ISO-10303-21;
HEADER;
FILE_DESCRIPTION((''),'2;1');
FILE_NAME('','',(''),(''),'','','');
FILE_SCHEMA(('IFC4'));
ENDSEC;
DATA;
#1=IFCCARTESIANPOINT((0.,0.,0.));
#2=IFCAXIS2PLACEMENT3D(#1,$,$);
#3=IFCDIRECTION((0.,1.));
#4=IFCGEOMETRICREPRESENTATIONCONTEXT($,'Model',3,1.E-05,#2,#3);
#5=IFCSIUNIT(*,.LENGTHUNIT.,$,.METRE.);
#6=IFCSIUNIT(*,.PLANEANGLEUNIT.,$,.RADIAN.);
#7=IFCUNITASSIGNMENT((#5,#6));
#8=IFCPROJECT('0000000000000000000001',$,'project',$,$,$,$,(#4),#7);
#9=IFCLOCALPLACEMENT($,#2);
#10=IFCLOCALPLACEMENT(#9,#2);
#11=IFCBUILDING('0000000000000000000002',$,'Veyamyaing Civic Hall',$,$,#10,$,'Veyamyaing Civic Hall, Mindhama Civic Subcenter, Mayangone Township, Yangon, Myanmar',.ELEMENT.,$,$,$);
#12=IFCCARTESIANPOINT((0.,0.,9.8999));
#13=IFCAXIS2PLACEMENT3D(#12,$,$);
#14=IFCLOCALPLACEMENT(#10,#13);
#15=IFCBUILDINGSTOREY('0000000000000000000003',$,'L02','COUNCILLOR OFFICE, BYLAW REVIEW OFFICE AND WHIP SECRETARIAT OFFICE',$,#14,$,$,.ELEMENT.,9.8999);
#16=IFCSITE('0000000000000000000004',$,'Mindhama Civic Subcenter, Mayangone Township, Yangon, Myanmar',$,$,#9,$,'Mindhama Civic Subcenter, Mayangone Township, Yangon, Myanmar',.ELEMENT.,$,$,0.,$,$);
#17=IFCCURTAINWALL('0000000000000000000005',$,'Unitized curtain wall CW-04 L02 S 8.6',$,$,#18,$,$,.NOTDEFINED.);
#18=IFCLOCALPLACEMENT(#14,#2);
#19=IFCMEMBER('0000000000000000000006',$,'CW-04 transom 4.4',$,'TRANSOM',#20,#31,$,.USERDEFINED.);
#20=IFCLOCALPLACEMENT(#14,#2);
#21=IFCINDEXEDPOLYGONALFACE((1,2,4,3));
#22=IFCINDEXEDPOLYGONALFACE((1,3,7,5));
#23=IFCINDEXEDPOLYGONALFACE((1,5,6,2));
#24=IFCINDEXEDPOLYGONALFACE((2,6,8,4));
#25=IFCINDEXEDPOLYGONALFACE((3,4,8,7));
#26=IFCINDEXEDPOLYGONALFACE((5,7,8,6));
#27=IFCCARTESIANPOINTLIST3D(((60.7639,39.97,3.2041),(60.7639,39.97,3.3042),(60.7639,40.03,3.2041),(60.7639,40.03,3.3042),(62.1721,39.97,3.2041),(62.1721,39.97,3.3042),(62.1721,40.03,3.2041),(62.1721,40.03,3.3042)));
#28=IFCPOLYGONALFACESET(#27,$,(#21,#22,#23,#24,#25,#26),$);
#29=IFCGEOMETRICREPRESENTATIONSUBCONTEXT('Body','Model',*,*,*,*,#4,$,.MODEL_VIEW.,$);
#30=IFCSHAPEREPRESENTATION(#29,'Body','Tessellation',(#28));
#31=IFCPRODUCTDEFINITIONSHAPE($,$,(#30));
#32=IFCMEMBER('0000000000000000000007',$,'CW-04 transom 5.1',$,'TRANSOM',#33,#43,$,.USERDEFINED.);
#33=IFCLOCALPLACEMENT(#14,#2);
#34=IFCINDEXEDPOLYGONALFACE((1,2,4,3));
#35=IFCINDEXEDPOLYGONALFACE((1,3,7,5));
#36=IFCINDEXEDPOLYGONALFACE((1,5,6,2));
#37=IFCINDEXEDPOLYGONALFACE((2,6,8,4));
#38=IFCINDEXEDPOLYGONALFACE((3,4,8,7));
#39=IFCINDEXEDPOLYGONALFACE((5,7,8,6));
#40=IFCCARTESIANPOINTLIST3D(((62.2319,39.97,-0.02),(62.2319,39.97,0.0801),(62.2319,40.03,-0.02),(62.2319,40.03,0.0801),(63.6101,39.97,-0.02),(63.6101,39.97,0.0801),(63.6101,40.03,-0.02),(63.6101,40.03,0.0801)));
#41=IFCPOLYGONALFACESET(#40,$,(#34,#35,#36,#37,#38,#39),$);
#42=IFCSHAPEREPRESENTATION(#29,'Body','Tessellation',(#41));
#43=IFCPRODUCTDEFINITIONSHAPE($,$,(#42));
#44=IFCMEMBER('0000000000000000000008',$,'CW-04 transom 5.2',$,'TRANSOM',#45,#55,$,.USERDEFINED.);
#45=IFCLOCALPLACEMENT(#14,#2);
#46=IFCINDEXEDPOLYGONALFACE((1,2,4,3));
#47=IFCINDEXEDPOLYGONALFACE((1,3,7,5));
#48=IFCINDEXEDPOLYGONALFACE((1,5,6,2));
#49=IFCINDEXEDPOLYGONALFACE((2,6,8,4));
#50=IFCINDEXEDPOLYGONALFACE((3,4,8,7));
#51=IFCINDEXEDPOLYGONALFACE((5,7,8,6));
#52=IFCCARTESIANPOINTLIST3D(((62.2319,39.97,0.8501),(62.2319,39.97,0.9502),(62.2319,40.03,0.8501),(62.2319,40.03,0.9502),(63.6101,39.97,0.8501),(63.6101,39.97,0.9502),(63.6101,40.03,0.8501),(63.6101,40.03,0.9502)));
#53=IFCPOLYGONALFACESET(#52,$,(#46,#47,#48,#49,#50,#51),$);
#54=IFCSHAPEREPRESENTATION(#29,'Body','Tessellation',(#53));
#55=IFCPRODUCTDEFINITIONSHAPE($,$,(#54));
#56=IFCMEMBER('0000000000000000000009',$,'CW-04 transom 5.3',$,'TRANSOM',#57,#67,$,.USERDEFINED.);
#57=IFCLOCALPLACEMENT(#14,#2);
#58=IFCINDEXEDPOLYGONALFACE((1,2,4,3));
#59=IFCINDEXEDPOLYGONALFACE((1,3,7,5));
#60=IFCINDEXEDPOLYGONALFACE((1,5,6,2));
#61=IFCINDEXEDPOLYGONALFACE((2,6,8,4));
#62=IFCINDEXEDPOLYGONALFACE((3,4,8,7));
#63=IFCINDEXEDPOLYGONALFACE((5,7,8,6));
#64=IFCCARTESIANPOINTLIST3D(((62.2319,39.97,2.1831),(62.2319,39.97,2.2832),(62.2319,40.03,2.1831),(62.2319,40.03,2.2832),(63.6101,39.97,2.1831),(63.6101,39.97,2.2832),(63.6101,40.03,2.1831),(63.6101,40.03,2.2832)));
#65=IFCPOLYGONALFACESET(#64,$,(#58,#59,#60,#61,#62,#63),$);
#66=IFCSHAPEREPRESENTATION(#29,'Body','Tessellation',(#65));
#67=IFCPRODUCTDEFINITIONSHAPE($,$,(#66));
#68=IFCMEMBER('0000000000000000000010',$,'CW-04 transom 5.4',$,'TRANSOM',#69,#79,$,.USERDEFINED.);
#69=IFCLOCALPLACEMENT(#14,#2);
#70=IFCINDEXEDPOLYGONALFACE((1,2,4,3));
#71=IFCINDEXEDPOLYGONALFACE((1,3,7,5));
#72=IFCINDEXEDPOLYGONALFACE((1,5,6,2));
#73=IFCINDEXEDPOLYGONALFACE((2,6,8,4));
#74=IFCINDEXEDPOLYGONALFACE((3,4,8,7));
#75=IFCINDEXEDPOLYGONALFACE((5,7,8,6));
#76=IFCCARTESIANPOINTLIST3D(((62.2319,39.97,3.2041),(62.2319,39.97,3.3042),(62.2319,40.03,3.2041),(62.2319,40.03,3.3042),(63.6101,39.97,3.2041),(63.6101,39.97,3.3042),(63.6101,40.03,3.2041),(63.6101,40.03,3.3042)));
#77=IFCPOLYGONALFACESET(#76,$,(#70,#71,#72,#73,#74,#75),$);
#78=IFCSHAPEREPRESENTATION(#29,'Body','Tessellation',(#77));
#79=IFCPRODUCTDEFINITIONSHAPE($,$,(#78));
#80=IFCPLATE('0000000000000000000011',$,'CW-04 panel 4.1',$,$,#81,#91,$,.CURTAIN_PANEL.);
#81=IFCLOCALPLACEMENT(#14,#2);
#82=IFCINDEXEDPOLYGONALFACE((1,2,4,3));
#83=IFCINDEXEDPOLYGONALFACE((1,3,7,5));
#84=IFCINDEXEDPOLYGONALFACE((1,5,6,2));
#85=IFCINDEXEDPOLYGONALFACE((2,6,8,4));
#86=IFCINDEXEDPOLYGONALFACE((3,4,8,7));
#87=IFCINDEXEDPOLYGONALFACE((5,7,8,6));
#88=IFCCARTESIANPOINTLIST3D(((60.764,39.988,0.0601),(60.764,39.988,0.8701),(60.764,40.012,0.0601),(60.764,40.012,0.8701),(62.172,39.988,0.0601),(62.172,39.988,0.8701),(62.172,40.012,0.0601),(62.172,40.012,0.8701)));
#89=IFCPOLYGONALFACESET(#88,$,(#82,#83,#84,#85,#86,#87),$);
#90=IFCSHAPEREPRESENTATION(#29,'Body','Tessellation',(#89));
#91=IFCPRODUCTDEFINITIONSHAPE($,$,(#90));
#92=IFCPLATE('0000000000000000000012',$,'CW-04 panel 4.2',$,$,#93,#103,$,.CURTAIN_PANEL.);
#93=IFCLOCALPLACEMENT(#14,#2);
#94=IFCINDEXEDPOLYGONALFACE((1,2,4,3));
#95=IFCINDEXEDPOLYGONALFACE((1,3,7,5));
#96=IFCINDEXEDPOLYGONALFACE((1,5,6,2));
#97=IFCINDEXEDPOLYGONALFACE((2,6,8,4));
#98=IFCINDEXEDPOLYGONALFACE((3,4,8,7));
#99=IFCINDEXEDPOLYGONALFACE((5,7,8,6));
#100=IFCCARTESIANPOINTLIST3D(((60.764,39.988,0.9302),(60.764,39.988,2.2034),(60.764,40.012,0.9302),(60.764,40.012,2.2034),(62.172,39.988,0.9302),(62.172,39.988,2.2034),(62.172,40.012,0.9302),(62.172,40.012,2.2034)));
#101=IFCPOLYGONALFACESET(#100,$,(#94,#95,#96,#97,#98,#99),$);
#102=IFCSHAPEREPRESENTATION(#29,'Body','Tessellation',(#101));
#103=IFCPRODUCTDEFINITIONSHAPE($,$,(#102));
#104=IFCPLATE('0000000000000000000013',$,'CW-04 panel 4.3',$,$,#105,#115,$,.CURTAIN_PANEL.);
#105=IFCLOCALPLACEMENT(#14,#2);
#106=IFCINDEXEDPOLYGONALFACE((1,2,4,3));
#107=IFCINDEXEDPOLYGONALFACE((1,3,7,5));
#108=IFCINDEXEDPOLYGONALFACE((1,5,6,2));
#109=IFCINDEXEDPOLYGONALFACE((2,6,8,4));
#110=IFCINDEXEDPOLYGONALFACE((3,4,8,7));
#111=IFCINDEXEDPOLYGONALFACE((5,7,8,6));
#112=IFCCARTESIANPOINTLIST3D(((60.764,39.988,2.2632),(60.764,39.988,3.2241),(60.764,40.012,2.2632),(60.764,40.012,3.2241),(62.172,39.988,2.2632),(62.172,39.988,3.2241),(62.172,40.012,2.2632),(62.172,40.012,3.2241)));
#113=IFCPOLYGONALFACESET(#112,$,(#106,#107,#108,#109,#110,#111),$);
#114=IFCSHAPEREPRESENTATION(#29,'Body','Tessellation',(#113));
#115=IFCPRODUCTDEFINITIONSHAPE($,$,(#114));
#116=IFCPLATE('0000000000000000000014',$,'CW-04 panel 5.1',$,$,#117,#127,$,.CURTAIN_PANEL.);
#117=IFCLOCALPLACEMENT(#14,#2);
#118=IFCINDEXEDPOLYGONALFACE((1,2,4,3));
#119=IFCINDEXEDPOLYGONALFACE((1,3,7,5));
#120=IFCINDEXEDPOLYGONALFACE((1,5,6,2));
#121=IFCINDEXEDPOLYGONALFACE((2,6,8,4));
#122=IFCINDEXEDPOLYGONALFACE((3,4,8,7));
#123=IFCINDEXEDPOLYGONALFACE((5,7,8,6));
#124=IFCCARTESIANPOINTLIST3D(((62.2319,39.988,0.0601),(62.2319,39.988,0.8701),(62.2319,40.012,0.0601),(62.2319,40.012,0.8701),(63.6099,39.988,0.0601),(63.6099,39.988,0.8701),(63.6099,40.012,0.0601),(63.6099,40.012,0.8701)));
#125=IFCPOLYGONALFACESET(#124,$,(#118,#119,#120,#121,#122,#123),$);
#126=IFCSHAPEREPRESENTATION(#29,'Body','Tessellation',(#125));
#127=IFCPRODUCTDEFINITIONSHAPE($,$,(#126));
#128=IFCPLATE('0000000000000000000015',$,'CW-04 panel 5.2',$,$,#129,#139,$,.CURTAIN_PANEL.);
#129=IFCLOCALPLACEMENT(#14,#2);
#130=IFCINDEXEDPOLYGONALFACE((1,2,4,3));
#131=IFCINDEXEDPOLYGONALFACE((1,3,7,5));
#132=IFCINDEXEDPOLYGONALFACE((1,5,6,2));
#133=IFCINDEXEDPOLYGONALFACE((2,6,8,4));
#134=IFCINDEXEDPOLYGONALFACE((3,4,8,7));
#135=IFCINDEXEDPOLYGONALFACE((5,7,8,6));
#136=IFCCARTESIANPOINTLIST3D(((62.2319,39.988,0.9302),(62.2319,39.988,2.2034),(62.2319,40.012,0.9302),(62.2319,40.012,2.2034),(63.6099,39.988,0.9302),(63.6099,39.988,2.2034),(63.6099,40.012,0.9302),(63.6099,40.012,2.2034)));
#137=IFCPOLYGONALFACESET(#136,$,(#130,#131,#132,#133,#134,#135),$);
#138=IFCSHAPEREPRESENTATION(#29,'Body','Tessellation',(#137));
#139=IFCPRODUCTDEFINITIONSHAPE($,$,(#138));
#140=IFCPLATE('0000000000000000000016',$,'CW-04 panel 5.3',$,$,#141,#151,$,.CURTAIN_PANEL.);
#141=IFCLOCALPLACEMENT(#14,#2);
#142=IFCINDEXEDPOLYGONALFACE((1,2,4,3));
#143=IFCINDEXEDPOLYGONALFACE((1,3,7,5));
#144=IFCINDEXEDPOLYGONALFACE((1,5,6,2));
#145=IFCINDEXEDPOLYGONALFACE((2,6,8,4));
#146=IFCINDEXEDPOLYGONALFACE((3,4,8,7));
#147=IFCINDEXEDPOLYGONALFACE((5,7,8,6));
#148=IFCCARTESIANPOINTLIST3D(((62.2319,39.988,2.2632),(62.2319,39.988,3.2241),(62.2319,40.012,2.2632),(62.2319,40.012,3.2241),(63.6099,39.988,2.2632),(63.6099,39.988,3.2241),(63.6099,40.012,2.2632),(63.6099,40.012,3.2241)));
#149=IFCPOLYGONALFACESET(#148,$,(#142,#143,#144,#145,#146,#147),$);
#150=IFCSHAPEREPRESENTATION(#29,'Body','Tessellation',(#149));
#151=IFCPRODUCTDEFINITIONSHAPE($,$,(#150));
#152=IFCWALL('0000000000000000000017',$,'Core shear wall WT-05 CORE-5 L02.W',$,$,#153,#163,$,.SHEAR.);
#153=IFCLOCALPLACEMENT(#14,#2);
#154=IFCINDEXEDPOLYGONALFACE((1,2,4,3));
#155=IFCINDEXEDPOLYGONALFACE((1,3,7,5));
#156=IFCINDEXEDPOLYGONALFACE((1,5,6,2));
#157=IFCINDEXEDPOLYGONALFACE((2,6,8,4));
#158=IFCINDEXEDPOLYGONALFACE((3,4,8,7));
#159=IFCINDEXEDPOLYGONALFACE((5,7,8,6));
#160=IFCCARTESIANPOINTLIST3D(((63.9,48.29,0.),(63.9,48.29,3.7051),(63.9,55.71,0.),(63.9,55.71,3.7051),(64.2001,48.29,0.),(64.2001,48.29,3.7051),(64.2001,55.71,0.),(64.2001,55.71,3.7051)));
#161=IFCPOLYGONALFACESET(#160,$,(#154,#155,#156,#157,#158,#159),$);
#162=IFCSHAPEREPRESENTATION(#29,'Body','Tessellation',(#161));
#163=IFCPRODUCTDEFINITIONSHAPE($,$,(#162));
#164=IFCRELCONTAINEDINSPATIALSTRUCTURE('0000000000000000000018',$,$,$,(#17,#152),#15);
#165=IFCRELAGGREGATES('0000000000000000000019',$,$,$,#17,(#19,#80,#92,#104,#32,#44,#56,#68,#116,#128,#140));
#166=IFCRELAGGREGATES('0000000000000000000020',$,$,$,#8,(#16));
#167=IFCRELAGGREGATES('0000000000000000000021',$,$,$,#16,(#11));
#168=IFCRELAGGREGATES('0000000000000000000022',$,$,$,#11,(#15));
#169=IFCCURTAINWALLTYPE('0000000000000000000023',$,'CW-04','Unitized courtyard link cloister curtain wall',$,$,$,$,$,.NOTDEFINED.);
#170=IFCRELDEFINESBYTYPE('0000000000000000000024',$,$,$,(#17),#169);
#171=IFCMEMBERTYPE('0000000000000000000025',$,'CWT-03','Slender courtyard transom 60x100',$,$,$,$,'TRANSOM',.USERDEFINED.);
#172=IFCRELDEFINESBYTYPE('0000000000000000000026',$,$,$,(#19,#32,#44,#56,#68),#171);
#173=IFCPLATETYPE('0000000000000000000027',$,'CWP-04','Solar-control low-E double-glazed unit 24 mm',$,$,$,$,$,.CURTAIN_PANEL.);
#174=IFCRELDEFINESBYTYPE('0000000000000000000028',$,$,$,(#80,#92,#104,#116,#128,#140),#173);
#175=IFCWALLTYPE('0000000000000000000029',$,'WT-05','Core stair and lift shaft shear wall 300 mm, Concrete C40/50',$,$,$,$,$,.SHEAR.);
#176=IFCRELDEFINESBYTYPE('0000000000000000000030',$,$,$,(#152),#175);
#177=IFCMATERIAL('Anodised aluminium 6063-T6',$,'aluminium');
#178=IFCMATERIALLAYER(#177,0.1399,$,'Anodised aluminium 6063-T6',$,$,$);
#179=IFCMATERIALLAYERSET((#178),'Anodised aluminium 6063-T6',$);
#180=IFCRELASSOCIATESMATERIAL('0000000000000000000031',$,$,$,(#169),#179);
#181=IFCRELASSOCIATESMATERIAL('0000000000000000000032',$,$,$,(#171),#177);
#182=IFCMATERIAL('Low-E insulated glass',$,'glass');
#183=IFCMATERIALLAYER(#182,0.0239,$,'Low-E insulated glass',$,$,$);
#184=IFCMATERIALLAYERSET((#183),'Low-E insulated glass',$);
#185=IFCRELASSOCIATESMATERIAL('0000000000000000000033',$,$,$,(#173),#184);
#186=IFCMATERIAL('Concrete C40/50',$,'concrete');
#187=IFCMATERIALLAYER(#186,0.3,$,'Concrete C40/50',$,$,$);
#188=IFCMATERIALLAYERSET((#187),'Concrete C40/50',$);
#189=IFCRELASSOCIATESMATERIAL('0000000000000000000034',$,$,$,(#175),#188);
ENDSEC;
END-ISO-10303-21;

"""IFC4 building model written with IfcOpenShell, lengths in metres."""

from ifc_helpers import new_model, si_unit, direction, frame, frame_2d, origin, origin_2d, place, context, subcontext, project, spatial, rectangle, extrude, material, layer, layer_set, material_profile, profile_set, type_object, element, aggregate, save


model = new_model("IFC4")

# Units and contexts
model_context = context("Model", 3, precision=1e-05, world=origin(), true_north=direction((0.0, 1.0)))
body_context = subcontext(model_context, "Body", "Model", "MODEL_VIEW")
ifc_project = project(units=[si_unit("LENGTHUNIT", "METRE"), si_unit("PLANEANGLEUNIT", "RADIAN")], contexts=[model_context])

# Site, building, storey
site_placement = place(None, origin())
site = spatial("IfcSite", under=ifc_project, at=site_placement, Name="Mindhama Civic Subcenter, Mayangone Township, Yangon, Myanmar", LongName="Mindhama Civic Subcenter, Mayangone Township, Yangon, Myanmar", CompositionType="ELEMENT", RefElevation=0.0)
building_placement = place(site_placement, origin())
building = spatial("IfcBuilding", under=site, at=building_placement, Name="Veyamyaing Civic Hall", LongName="Veyamyaing Civic Hall, Mindhama Civic Subcenter, Mayangone Township, Yangon, Myanmar", CompositionType="ELEMENT")
storey_placement = place(building_placement, frame((0.0, 0.0, 9.8999)))
storey = spatial("IfcBuildingStorey", under=building, at=storey_placement, Name="L02", Description="COUNCILLOR OFFICE, BYLAW REVIEW OFFICE AND WHIP SECRETARIAT OFFICE", CompositionType="ELEMENT", Elevation=9.8999)

# Curtain wall, members, plates
ifc_material_1 = material(Name="Anodised aluminium 6063-T6", Category="aluminium")
ifc_layer_1 = layer(ifc_material_1, 0.1399, Name="Anodised aluminium 6063-T6")
ifc_layer_set_1 = layer_set([ifc_layer_1], Name="Anodised aluminium 6063-T6")
curtain_wall_type = type_object("IfcCurtainWallType", Name="CW-04", Description="Unitized courtyard link cloister curtain wall", PredefinedType="NOTDEFINED", material=ifc_layer_set_1)
curtain_wall_placement = place(storey_placement, origin())
curtain_wall = element("IfcCurtainWall", 1, at=curtain_wall_placement, inside=storey, type_object=curtain_wall_type, Name="Unitized curtain wall CW-04 L02 S 8.6", PredefinedType="NOTDEFINED")
ifc_material_profile_1 = material_profile(ifc_material_1, rectangle(XDim=0.0601, YDim=0.1001, at=origin_2d()), Name="ALU-TRN-60X100")
ifc_profile_set_1 = profile_set([ifc_material_profile_1], Name="Anodised aluminium 6063-T6")
member_type_1 = type_object("IfcMemberType", Name="CWT-03", Description="Slender courtyard transom 60x100", ElementType="TRANSOM", PredefinedType="USERDEFINED", material=ifc_profile_set_1)
member_1_placement = place(storey_placement, frame((60.7639, 40.0, 3.2542), z_axis=(1.0, 0.0, 0.0), x_axis=(0.0, 1.0, 0.0)))
member_1 = element("IfcMember", 2, at=member_1_placement, type_object=member_type_1, Name="CW-04 transom 4.4", ObjectType="TRANSOM", PredefinedType="USERDEFINED", context=body_context, shape_type="SweptSolid", body=[
    extrude(rectangle(XDim=0.0601, YDim=0.1001, at=origin_2d()), origin(), (0.0, 0.0, 1.0), 1.4082),
])
member_2_placement = place(storey_placement, frame((62.2319, 40.0, 0.03), z_axis=(1.0, 0.0, 0.0), x_axis=(0.0, 1.0, 0.0)))
member_2 = element("IfcMember", 3, at=member_2_placement, type_object=member_type_1, Name="CW-04 transom 5.1", ObjectType="TRANSOM", PredefinedType="USERDEFINED", context=body_context, shape_type="SweptSolid", body=[
    extrude(rectangle(XDim=0.0601, YDim=0.1001, at=origin_2d()), origin(), (0.0, 0.0, 1.0), 1.3782),
])
member_3_placement = place(storey_placement, frame((62.2319, 40.0, 0.9001), z_axis=(1.0, 0.0, 0.0), x_axis=(0.0, 1.0, 0.0)))
member_3 = element("IfcMember", 4, at=member_3_placement, type_object=member_type_1, Name="CW-04 transom 5.2", ObjectType="TRANSOM", PredefinedType="USERDEFINED", context=body_context, shape_type="SweptSolid", body=[
    extrude(rectangle(XDim=0.0601, YDim=0.1001, at=origin_2d()), origin(), (0.0, 0.0, 1.0), 1.3782),
])
member_4_placement = place(storey_placement, frame((62.2319, 40.0, 2.2332), z_axis=(1.0, 0.0, 0.0), x_axis=(0.0, 1.0, 0.0)))
member_4 = element("IfcMember", 5, at=member_4_placement, type_object=member_type_1, Name="CW-04 transom 5.3", ObjectType="TRANSOM", PredefinedType="USERDEFINED", context=body_context, shape_type="SweptSolid", body=[
    extrude(rectangle(XDim=0.0601, YDim=0.1001, at=origin_2d()), origin(), (0.0, 0.0, 1.0), 1.3782),
])
member_5_placement = place(storey_placement, frame((62.2319, 40.0, 3.2542), z_axis=(1.0, 0.0, 0.0), x_axis=(0.0, 1.0, 0.0)))
member_5 = element("IfcMember", 6, at=member_5_placement, type_object=member_type_1, Name="CW-04 transom 5.4", ObjectType="TRANSOM", PredefinedType="USERDEFINED", context=body_context, shape_type="SweptSolid", body=[
    extrude(rectangle(XDim=0.0601, YDim=0.1001, at=origin_2d()), origin(), (0.0, 0.0, 1.0), 1.3782),
])
ifc_material_2 = material(Name="Low-E insulated glass", Category="glass")
ifc_layer_2 = layer(ifc_material_2, 0.0239, Name="Low-E insulated glass")
ifc_layer_set_2 = layer_set([ifc_layer_2], Name="Low-E insulated glass")
plate_type = type_object("IfcPlateType", Name="CWP-04", Description="Solar-control low-E double-glazed unit 24 mm", PredefinedType="CURTAIN_PANEL", material=ifc_layer_set_2)
plate_1_placement = place(storey_placement, frame((61.468, 40.0, 0.0601), z_axis=(0.0, 0.0, 1.0), x_axis=(1.0, 0.0, 0.0)))
plate_1 = element("IfcPlate", 7, at=plate_1_placement, type_object=plate_type, Name="CW-04 panel 4.1", PredefinedType="CURTAIN_PANEL", context=body_context, shape_type="SweptSolid", body=[
    extrude(rectangle(XDim=1.408, YDim=0.0239, at=origin_2d()), origin(), (0.0, 0.0, 1.0), 0.8101),
])
plate_2_placement = place(storey_placement, frame((61.468, 40.0, 0.9302), z_axis=(0.0, 0.0, 1.0), x_axis=(1.0, 0.0, 0.0)))
plate_2 = element("IfcPlate", 8, at=plate_2_placement, type_object=plate_type, Name="CW-04 panel 4.2", PredefinedType="CURTAIN_PANEL", context=body_context, shape_type="SweptSolid", body=[
    extrude(rectangle(XDim=1.408, YDim=0.0239, at=origin_2d()), origin(), (0.0, 0.0, 1.0), 1.2732),
])
plate_3_placement = place(storey_placement, frame((61.468, 40.0, 2.2632), z_axis=(0.0, 0.0, 1.0), x_axis=(1.0, 0.0, 0.0)))
plate_3 = element("IfcPlate", 9, at=plate_3_placement, type_object=plate_type, Name="CW-04 panel 4.3", PredefinedType="CURTAIN_PANEL", context=body_context, shape_type="SweptSolid", body=[
    extrude(rectangle(XDim=1.408, YDim=0.0239, at=origin_2d()), origin(), (0.0, 0.0, 1.0), 0.9609),
])
plate_4_placement = place(storey_placement, frame((62.9209, 40.0, 0.0601), z_axis=(0.0, 0.0, 1.0), x_axis=(1.0, 0.0, 0.0)))
plate_4 = element("IfcPlate", 10, at=plate_4_placement, type_object=plate_type, Name="CW-04 panel 5.1", PredefinedType="CURTAIN_PANEL", context=body_context, shape_type="SweptSolid", body=[
    extrude(rectangle(XDim=1.3779, YDim=0.0239, at=origin_2d()), origin(), (0.0, 0.0, 1.0), 0.8101),
])
plate_5_placement = place(storey_placement, frame((62.9209, 40.0, 0.9302), z_axis=(0.0, 0.0, 1.0), x_axis=(1.0, 0.0, 0.0)))
plate_5 = element("IfcPlate", 11, at=plate_5_placement, type_object=plate_type, Name="CW-04 panel 5.2", PredefinedType="CURTAIN_PANEL", context=body_context, shape_type="SweptSolid", body=[
    extrude(rectangle(XDim=1.3779, YDim=0.0239, at=origin_2d()), origin(), (0.0, 0.0, 1.0), 1.2732),
])
plate_6_placement = place(storey_placement, frame((62.9209, 40.0, 2.2632), z_axis=(0.0, 0.0, 1.0), x_axis=(1.0, 0.0, 0.0)))
plate_6 = element("IfcPlate", 12, at=plate_6_placement, type_object=plate_type, Name="CW-04 panel 5.3", PredefinedType="CURTAIN_PANEL", context=body_context, shape_type="SweptSolid", body=[
    extrude(rectangle(XDim=1.3779, YDim=0.0239, at=origin_2d()), origin(), (0.0, 0.0, 1.0), 0.9609),
])
aggregate(curtain_wall, [member_1, plate_1, plate_2, plate_3, member_2, member_3, member_4, member_5, plate_4, plate_5, plate_6])

# Wall
ifc_material_3 = material(Name="Concrete C40/50", Category="concrete")
ifc_layer_3 = layer(ifc_material_3, 0.3, Name="Concrete C40/50")
ifc_layer_set_3 = layer_set([ifc_layer_3], Name="Concrete C40/50")
wall_type_1 = type_object("IfcWallType", Name="WT-05", Description="Core stair and lift shaft shear wall 300 mm, Concrete C40/50", PredefinedType="SHEAR", material=ifc_layer_set_3)
wall_1_placement = place(storey_placement, frame((64.05, 48.29, 0.0), z_axis=(0.0, 0.0, 1.0), x_axis=(0.0, 1.0, 0.0)))
element("IfcWall", 13, at=wall_1_placement, inside=storey, type_object=wall_type_1, Name="Core shear wall WT-05 CORE-5 L02.W", PredefinedType="SHEAR", context=body_context, shape_type="SweptSolid", body=[
    extrude(rectangle(XDim=7.4199, YDim=0.3, at=frame_2d((3.71, 0.0))), origin(), (0.0, 0.0, 1.0), 3.7051),
])

save(model, "model.ifc")
